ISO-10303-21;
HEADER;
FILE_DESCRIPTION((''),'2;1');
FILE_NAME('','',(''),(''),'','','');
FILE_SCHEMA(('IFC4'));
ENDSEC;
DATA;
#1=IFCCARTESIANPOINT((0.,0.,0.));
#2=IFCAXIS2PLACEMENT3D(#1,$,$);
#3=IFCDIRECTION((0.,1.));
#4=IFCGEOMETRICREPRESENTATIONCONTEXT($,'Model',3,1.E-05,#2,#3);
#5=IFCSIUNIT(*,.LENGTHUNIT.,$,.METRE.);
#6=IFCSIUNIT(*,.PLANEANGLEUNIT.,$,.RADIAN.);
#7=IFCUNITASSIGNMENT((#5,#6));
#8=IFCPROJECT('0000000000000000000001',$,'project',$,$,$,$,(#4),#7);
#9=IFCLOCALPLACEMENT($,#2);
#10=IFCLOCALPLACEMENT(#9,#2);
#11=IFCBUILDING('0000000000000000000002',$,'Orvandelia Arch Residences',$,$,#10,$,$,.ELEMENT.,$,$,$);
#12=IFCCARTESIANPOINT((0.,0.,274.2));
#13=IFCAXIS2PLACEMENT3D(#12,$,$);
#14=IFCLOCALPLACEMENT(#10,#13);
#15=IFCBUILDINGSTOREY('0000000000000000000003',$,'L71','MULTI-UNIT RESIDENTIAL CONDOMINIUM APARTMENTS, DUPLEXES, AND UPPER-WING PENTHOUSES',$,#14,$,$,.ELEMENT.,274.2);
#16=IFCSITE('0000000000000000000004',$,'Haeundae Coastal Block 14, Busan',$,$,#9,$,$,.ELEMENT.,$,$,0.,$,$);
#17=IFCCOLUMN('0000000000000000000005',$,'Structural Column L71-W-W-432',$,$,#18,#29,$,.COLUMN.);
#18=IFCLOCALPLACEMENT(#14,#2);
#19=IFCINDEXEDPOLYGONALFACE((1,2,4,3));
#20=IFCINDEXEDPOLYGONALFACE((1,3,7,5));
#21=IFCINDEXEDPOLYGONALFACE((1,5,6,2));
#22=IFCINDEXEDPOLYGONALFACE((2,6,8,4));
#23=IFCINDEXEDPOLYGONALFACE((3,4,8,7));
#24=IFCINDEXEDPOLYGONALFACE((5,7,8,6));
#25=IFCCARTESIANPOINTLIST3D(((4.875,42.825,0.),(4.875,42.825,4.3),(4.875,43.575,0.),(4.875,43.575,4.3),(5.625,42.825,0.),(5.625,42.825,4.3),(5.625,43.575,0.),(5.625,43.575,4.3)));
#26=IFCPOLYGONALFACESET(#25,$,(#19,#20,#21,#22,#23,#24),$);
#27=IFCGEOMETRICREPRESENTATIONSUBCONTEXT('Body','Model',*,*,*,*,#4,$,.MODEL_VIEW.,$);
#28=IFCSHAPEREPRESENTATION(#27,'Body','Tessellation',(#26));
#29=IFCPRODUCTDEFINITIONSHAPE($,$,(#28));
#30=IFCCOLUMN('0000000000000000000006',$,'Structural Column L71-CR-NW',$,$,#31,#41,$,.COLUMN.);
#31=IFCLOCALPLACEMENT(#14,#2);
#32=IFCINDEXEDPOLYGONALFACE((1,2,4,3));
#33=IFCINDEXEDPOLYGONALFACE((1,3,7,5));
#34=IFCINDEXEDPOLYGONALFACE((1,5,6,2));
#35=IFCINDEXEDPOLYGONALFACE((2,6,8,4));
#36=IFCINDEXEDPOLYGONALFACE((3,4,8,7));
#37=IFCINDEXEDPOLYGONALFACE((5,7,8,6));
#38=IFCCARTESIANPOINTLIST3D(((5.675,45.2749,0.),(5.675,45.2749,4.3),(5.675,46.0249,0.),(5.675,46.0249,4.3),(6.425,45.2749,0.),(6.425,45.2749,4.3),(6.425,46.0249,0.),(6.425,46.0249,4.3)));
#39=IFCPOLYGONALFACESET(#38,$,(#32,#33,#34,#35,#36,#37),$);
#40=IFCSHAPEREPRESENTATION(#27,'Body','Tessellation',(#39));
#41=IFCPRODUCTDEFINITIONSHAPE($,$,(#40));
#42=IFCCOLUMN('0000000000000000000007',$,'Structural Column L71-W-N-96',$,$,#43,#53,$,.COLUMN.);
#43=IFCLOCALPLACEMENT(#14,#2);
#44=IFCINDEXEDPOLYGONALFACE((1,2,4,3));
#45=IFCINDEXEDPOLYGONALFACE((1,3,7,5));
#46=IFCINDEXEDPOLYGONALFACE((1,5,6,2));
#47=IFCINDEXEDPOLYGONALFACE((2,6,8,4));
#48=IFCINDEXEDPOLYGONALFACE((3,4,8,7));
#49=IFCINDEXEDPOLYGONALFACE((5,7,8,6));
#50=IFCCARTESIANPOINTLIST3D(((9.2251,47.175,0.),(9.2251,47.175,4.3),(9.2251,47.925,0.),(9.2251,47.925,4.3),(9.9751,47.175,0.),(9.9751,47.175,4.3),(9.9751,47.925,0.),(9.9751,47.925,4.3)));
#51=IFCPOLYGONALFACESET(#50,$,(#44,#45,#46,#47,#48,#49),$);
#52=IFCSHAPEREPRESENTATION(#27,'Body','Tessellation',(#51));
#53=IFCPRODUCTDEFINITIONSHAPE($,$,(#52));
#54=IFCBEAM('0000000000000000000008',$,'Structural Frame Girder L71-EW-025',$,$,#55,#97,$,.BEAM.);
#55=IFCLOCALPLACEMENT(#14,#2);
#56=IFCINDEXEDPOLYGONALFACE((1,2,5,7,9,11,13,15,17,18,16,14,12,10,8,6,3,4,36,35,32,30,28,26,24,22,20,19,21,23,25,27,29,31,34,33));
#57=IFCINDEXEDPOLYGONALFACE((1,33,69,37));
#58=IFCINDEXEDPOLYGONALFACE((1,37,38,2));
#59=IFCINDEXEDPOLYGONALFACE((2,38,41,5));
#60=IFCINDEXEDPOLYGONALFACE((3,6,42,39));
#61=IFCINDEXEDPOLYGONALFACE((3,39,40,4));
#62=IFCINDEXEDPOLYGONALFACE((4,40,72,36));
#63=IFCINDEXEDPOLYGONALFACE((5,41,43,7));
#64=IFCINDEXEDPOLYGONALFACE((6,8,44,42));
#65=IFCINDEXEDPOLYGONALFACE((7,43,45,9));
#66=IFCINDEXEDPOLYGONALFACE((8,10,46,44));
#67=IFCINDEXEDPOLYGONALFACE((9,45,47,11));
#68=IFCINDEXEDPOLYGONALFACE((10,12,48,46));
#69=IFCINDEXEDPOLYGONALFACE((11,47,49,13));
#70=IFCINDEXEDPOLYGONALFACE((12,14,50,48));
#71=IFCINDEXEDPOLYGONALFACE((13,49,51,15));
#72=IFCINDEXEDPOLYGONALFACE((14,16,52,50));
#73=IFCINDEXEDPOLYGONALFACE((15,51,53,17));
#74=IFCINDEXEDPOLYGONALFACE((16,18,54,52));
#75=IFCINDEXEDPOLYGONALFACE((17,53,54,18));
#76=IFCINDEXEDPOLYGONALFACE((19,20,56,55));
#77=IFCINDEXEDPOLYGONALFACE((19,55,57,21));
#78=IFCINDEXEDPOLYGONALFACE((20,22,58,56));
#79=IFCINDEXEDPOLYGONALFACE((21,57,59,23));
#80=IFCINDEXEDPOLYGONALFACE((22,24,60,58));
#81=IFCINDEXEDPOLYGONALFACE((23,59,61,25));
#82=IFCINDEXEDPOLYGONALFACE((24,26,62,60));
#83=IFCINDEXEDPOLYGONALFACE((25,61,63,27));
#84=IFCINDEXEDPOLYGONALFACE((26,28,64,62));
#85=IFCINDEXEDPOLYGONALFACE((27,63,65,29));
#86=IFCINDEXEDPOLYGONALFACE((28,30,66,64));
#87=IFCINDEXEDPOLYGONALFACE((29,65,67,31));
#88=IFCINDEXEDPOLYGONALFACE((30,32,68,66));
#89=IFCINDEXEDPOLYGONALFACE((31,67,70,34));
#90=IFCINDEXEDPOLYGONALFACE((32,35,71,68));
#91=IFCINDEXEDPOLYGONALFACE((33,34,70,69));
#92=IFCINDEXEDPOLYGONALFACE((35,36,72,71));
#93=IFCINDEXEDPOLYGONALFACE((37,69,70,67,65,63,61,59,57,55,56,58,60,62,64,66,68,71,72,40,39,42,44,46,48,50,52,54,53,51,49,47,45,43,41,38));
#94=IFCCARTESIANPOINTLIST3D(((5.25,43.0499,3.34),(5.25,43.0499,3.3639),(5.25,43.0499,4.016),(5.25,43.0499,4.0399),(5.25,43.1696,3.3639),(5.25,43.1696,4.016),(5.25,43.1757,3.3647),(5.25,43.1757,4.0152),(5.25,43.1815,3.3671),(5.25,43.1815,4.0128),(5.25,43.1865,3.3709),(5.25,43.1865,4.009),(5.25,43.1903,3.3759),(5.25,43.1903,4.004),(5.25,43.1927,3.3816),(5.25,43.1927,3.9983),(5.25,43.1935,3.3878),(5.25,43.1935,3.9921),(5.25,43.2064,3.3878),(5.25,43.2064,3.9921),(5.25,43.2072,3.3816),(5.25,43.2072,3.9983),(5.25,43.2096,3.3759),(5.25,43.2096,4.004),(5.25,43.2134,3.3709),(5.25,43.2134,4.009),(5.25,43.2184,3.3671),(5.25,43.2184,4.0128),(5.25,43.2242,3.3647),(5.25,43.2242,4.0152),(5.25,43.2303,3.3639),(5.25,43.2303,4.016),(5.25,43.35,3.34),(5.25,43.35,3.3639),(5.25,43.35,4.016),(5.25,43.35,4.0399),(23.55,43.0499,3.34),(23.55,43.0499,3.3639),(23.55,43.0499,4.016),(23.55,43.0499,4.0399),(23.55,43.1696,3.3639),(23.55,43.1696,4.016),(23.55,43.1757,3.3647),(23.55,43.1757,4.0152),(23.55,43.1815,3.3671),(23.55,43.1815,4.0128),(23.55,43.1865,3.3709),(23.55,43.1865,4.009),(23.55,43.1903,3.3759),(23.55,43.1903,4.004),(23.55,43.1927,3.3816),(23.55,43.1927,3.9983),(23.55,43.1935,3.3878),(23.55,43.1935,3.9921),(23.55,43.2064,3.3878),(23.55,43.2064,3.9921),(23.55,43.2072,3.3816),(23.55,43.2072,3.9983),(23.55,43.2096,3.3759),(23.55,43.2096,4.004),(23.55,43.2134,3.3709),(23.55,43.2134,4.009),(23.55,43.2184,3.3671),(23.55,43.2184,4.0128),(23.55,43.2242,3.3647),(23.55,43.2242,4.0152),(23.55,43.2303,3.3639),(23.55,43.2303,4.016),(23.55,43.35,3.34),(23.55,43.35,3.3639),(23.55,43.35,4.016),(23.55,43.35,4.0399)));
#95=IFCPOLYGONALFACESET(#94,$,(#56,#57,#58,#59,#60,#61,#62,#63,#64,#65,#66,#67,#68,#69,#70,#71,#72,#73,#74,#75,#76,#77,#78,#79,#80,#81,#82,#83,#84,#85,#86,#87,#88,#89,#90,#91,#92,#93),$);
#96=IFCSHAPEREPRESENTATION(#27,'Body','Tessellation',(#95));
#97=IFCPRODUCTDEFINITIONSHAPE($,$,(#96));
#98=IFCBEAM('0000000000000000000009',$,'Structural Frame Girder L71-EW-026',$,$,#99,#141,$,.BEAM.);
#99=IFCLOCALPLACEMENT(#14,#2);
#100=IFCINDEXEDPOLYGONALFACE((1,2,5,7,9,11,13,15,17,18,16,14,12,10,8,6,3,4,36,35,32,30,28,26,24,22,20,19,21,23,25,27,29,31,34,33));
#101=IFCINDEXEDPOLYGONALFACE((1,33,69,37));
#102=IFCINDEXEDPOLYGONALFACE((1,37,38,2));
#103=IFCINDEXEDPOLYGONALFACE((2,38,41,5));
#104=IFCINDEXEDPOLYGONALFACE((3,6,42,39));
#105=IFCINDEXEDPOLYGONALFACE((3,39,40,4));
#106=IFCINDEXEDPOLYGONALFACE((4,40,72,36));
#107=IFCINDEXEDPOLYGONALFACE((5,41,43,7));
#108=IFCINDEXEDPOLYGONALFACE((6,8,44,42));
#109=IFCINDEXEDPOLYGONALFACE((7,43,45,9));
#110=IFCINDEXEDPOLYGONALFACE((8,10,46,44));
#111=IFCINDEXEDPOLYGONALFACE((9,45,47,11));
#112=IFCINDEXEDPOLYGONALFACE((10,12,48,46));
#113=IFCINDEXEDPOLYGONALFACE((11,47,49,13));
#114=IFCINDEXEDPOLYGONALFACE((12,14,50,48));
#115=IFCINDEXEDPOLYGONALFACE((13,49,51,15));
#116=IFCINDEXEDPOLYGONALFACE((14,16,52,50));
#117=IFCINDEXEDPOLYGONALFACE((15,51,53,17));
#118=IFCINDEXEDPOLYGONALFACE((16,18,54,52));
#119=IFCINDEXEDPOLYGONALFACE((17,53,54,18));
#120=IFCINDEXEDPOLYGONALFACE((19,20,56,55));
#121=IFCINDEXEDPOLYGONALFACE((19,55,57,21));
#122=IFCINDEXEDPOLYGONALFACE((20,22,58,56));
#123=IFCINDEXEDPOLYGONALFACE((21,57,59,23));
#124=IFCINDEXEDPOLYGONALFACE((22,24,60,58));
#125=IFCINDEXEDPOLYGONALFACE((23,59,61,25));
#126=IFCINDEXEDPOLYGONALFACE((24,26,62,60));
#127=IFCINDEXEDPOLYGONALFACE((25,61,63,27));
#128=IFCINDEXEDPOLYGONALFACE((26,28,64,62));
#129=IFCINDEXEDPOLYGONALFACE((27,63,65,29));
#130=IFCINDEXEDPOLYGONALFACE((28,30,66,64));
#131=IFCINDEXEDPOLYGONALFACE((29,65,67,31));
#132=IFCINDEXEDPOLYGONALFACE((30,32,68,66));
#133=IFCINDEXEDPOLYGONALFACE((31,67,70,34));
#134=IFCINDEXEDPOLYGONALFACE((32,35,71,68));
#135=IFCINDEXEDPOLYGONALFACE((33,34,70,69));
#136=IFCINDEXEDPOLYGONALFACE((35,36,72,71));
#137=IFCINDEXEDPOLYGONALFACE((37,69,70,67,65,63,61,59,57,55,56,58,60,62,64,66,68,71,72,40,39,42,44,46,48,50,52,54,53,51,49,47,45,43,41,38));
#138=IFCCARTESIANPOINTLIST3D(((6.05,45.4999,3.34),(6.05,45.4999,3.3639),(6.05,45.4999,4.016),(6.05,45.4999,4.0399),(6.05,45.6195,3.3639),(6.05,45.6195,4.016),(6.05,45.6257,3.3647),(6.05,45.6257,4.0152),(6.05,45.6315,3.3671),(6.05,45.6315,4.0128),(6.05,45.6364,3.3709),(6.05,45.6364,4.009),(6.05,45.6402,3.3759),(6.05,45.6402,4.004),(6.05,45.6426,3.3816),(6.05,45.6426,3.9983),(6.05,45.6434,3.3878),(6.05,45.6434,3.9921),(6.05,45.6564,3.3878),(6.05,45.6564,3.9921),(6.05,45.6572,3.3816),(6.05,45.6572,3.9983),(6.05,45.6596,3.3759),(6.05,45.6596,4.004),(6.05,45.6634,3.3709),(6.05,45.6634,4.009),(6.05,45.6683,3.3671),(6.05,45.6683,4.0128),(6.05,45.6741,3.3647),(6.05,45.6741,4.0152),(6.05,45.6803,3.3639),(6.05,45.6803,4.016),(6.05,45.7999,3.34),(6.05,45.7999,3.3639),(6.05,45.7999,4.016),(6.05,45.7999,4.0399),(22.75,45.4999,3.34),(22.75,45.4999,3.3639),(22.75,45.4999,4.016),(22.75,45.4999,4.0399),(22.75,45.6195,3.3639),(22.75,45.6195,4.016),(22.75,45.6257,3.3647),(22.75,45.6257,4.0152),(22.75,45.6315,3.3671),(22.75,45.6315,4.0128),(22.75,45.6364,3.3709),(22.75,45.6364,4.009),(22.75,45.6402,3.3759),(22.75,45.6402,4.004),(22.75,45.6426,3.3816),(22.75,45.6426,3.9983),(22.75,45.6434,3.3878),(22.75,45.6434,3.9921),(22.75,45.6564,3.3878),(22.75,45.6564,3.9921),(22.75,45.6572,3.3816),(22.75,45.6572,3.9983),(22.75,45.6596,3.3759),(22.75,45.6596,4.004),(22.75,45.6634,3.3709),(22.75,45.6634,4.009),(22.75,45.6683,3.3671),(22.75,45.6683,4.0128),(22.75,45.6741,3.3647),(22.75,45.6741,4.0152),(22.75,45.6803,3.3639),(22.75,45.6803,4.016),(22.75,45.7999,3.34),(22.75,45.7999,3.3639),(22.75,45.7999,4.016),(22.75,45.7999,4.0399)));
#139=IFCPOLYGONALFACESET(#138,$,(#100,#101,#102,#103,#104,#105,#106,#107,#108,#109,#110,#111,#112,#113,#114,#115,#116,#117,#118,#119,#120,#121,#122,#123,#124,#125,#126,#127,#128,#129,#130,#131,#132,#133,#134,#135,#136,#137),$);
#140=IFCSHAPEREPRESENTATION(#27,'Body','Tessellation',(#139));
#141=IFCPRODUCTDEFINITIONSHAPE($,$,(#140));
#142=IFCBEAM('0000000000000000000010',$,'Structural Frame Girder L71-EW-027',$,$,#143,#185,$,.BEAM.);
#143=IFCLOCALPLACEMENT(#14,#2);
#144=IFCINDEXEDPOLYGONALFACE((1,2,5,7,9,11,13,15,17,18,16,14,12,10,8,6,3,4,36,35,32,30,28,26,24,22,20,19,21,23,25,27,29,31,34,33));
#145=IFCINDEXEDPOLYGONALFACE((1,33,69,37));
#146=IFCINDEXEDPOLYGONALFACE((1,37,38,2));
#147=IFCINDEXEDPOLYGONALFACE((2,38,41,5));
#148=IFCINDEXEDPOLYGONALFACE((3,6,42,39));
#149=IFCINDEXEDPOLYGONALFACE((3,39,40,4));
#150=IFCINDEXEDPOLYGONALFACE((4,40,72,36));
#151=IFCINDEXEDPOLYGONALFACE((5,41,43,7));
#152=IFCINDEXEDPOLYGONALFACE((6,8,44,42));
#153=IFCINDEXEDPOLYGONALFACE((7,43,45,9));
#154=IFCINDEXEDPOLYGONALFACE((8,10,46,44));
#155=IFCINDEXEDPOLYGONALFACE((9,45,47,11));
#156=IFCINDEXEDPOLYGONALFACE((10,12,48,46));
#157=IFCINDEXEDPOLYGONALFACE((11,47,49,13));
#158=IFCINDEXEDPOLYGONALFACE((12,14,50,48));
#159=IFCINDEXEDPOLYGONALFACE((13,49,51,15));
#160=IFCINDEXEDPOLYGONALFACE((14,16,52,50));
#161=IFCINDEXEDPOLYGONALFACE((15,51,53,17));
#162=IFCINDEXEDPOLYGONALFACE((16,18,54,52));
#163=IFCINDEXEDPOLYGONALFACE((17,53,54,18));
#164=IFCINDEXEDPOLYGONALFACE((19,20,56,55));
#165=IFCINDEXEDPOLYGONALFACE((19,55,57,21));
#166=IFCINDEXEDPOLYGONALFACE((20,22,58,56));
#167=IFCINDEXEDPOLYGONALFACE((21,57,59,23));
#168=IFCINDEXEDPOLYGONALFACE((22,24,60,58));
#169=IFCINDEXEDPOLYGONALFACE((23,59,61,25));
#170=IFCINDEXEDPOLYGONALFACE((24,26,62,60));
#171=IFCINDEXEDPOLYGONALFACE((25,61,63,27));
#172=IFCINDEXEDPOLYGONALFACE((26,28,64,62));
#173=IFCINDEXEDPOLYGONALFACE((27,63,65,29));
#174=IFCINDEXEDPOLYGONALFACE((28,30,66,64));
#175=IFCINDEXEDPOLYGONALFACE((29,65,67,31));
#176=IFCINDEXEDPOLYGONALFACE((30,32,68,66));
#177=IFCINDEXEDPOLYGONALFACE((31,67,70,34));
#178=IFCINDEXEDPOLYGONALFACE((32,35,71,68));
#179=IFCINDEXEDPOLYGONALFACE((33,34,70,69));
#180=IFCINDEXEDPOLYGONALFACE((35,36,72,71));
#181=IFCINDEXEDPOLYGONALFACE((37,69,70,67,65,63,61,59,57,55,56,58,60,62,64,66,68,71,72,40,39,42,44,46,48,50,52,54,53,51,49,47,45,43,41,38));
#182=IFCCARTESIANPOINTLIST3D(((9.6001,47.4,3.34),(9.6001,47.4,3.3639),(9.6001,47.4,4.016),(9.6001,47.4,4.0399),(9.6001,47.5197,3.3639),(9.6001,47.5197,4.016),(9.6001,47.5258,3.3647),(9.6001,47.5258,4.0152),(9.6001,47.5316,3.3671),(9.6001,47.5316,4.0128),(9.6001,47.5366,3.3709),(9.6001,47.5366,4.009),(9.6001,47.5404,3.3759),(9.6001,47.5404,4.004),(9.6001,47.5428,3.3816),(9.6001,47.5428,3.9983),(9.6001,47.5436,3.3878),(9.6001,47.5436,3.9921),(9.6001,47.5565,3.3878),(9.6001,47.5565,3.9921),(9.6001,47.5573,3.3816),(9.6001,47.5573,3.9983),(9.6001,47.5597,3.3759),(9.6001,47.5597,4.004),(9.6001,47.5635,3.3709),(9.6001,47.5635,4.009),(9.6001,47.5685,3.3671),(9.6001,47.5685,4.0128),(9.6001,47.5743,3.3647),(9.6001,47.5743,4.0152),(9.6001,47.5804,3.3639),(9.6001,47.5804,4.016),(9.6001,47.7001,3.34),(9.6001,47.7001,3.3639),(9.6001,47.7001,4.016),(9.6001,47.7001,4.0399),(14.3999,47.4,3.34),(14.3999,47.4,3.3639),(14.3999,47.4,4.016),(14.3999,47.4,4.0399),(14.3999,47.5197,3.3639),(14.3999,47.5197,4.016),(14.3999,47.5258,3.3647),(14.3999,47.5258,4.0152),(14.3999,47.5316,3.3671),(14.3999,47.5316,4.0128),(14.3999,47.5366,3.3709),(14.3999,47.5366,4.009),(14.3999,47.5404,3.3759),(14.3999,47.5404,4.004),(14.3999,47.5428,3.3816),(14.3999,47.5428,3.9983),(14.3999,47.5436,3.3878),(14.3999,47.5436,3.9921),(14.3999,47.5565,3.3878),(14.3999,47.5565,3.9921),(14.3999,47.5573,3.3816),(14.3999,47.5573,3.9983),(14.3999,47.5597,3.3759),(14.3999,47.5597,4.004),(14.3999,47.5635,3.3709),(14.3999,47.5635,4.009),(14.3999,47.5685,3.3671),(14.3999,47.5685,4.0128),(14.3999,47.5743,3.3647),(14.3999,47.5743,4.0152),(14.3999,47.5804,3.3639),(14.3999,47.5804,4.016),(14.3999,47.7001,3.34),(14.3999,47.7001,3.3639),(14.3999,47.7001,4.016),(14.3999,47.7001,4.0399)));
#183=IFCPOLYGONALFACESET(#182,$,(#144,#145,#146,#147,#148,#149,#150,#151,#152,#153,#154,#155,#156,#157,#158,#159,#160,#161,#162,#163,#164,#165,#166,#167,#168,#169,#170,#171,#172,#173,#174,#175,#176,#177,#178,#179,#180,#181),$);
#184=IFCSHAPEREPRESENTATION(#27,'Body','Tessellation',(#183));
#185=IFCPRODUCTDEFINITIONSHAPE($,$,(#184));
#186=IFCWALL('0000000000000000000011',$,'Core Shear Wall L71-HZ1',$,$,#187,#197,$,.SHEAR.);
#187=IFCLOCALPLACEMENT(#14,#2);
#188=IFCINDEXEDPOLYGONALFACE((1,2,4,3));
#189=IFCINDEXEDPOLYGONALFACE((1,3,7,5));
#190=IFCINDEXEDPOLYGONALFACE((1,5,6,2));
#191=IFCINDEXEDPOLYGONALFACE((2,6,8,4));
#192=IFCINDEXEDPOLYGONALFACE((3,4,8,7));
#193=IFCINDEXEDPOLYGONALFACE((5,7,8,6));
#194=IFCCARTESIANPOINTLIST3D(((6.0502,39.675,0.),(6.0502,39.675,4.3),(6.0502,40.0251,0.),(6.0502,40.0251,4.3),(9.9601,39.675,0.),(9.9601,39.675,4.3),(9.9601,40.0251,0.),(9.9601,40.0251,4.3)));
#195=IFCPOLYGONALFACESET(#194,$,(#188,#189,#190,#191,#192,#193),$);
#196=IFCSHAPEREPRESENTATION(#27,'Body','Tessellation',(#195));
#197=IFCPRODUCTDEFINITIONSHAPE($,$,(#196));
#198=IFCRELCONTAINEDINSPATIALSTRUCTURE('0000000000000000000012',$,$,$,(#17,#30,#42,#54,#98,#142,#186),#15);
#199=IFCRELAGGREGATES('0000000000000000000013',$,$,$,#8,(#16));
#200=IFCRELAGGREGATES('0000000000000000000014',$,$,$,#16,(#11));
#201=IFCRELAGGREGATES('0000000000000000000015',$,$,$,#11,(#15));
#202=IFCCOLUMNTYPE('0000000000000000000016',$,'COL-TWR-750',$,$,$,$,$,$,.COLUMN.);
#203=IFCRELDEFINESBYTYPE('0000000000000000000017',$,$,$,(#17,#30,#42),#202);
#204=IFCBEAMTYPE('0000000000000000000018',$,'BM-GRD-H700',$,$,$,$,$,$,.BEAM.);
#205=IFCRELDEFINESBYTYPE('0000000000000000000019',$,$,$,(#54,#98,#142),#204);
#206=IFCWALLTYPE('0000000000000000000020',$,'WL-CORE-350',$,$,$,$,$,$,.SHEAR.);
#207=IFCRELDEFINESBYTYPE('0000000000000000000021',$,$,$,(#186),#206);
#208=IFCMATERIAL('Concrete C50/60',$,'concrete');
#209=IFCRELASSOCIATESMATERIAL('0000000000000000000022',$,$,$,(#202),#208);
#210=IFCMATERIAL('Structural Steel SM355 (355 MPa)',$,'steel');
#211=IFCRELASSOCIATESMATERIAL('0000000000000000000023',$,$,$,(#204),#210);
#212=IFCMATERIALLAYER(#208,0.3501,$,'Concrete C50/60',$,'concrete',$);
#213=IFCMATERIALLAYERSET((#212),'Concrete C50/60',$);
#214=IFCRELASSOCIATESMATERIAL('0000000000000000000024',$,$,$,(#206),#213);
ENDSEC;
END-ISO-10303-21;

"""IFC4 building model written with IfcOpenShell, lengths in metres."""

from ifc_helpers import new_model, si_unit, direction, frame, frame_2d, origin, origin_2d, place, context, subcontext, project, spatial, rectangle, i_section, extrude, material, layer, layer_set, material_profile, profile_set, type_object, element, save


model = new_model("IFC4")

# Units and contexts
model_context = context("Model", 3, precision=1e-05, world=origin(), true_north=direction((0.0, 1.0)))
body_context = subcontext(model_context, "Body", "Model", "MODEL_VIEW")
ifc_project = project(units=[si_unit("LENGTHUNIT", "METRE"), si_unit("PLANEANGLEUNIT", "RADIAN")], contexts=[model_context])

# Site, building, storey
site_placement = place(None, origin())
site = spatial("IfcSite", under=ifc_project, at=site_placement, Name="Haeundae Coastal Block 14, Busan", CompositionType="ELEMENT", RefElevation=0.0)
building_placement = place(site_placement, origin())
building = spatial("IfcBuilding", under=site, at=building_placement, Name="Orvandelia Arch Residences", CompositionType="ELEMENT")
storey_placement = place(building_placement, frame((0.0, 0.0, 274.2)))
storey = spatial("IfcBuildingStorey", under=building, at=storey_placement, Name="L71", Description="MULTI-UNIT RESIDENTIAL CONDOMINIUM APARTMENTS, DUPLEXES, AND UPPER-WING PENTHOUSES", CompositionType="ELEMENT", Elevation=274.2)

# Columns
ifc_material_1 = material(Name="Concrete C50/60", Category="concrete")
ifc_material_profile_1 = material_profile(ifc_material_1, rectangle(XDim=0.75, YDim=0.75, at=origin_2d()), Name="Concrete C50/60", Category="concrete")
ifc_profile_set_1 = profile_set([ifc_material_profile_1], Name="Concrete C50/60")
column_type = type_object("IfcColumnType", Name="COL-TWR-750", PredefinedType="COLUMN", material=ifc_profile_set_1)
for number, where, z_axis, x_axis, name in (
    (1, (5.25, 43.2, 0.0), (0.0, 0.0, 1.0), (1.0, 0.0, 0.0), "Structural Column L71-W-W-432"),
    (2, (6.05, 45.6499, 0.0), (0.0, 0.0, 1.0), (1.0, 0.0, 0.0), "Structural Column L71-CR-NW"),
    (3, (9.6001, 47.55, 0.0), (0.0, 0.0, 1.0), (1.0, 0.0, 0.0), "Structural Column L71-W-N-96"),
):
    element("IfcColumn", number, at=place(storey_placement, frame(where, z_axis=z_axis, x_axis=x_axis)), inside=storey, type_object=column_type, Name=name, PredefinedType="COLUMN", context=body_context, shape_type="SweptSolid", body=[
        extrude(rectangle(XDim=0.75, YDim=0.75, at=origin_2d()), origin(), (0.0, 0.0, 1.0), 4.3),
    ])

# Beams
ifc_material_2 = material(Name="Structural Steel SM355 (355 MPa)", Category="steel")
ifc_material_profile_2 = material_profile(ifc_material_2, i_section(OverallWidth=0.3, OverallDepth=0.7, WebThickness=0.0129, FlangeThickness=0.0239, FilletRadius=0.0239, at=origin_2d()), Name="Structural Steel SM355 (355 MPa)", Category="steel")
ifc_profile_set_2 = profile_set([ifc_material_profile_2], Name="Structural Steel SM355 (355 MPa)")
beam_type = type_object("IfcBeamType", Name="BM-GRD-H700", PredefinedType="BEAM", material=ifc_profile_set_2)
beam_1_placement = place(storey_placement, frame((5.25, 43.2, 3.6899), z_axis=(1.0, 0.0, 0.0), x_axis=(0.0, 1.0, 0.0)))
element("IfcBeam", 4, at=beam_1_placement, inside=storey, type_object=beam_type, Name="Structural Frame Girder L71-EW-025", PredefinedType="BEAM", context=body_context, shape_type="SweptSolid", body=[
    extrude(i_section(OverallWidth=0.3, OverallDepth=0.7, WebThickness=0.0129, FlangeThickness=0.0239, FilletRadius=0.0239, at=origin_2d()), origin(), (0.0, 0.0, 1.0), 18.3),
])
beam_2_placement = place(storey_placement, frame((6.05, 45.6499, 3.6899), z_axis=(1.0, 0.0, 0.0), x_axis=(0.0, 1.0, 0.0)))
element("IfcBeam", 5, at=beam_2_placement, inside=storey, type_object=beam_type, Name="Structural Frame Girder L71-EW-026", PredefinedType="BEAM", context=body_context, shape_type="SweptSolid", body=[
    extrude(i_section(OverallWidth=0.3, OverallDepth=0.7, WebThickness=0.0129, FlangeThickness=0.0239, FilletRadius=0.0239, at=origin_2d()), origin(), (0.0, 0.0, 1.0), 16.7),
])
beam_3_placement = place(storey_placement, frame((9.6001, 47.55, 3.6899), z_axis=(1.0, 0.0, 0.0), x_axis=(0.0, 1.0, 0.0)))
element("IfcBeam", 6, at=beam_3_placement, inside=storey, type_object=beam_type, Name="Structural Frame Girder L71-EW-027", PredefinedType="BEAM", context=body_context, shape_type="SweptSolid", body=[
    extrude(i_section(OverallWidth=0.3, OverallDepth=0.7, WebThickness=0.0129, FlangeThickness=0.0239, FilletRadius=0.0239, at=origin_2d()), origin(), (0.0, 0.0, 1.0), 4.7998),
])

# Wall
ifc_layer_1 = layer(ifc_material_1, 0.3501, Name="Concrete C50/60", Category="concrete")
ifc_layer_set_1 = layer_set([ifc_layer_1], Name="Concrete C50/60")
wall_type_1 = type_object("IfcWallType", Name="WL-CORE-350", PredefinedType="SHEAR", material=ifc_layer_set_1)
wall_1_placement = place(storey_placement, frame((6.05, 39.8501, 0.0), z_axis=(0.0, 0.0, 1.0), x_axis=(1.0, 0.0, 0.0)))
element("IfcWall", 7, at=wall_1_placement, inside=storey, type_object=wall_type_1, Name="Core Shear Wall L71-HZ1", PredefinedType="SHEAR", context=body_context, shape_type="SweptSolid", body=[
    extrude(rectangle(XDim=3.9099, YDim=0.3501, at=frame_2d((1.9551, 0.0))), origin(), (0.0, 0.0, 1.0), 4.3),
])

save(model, "model.ifc")
